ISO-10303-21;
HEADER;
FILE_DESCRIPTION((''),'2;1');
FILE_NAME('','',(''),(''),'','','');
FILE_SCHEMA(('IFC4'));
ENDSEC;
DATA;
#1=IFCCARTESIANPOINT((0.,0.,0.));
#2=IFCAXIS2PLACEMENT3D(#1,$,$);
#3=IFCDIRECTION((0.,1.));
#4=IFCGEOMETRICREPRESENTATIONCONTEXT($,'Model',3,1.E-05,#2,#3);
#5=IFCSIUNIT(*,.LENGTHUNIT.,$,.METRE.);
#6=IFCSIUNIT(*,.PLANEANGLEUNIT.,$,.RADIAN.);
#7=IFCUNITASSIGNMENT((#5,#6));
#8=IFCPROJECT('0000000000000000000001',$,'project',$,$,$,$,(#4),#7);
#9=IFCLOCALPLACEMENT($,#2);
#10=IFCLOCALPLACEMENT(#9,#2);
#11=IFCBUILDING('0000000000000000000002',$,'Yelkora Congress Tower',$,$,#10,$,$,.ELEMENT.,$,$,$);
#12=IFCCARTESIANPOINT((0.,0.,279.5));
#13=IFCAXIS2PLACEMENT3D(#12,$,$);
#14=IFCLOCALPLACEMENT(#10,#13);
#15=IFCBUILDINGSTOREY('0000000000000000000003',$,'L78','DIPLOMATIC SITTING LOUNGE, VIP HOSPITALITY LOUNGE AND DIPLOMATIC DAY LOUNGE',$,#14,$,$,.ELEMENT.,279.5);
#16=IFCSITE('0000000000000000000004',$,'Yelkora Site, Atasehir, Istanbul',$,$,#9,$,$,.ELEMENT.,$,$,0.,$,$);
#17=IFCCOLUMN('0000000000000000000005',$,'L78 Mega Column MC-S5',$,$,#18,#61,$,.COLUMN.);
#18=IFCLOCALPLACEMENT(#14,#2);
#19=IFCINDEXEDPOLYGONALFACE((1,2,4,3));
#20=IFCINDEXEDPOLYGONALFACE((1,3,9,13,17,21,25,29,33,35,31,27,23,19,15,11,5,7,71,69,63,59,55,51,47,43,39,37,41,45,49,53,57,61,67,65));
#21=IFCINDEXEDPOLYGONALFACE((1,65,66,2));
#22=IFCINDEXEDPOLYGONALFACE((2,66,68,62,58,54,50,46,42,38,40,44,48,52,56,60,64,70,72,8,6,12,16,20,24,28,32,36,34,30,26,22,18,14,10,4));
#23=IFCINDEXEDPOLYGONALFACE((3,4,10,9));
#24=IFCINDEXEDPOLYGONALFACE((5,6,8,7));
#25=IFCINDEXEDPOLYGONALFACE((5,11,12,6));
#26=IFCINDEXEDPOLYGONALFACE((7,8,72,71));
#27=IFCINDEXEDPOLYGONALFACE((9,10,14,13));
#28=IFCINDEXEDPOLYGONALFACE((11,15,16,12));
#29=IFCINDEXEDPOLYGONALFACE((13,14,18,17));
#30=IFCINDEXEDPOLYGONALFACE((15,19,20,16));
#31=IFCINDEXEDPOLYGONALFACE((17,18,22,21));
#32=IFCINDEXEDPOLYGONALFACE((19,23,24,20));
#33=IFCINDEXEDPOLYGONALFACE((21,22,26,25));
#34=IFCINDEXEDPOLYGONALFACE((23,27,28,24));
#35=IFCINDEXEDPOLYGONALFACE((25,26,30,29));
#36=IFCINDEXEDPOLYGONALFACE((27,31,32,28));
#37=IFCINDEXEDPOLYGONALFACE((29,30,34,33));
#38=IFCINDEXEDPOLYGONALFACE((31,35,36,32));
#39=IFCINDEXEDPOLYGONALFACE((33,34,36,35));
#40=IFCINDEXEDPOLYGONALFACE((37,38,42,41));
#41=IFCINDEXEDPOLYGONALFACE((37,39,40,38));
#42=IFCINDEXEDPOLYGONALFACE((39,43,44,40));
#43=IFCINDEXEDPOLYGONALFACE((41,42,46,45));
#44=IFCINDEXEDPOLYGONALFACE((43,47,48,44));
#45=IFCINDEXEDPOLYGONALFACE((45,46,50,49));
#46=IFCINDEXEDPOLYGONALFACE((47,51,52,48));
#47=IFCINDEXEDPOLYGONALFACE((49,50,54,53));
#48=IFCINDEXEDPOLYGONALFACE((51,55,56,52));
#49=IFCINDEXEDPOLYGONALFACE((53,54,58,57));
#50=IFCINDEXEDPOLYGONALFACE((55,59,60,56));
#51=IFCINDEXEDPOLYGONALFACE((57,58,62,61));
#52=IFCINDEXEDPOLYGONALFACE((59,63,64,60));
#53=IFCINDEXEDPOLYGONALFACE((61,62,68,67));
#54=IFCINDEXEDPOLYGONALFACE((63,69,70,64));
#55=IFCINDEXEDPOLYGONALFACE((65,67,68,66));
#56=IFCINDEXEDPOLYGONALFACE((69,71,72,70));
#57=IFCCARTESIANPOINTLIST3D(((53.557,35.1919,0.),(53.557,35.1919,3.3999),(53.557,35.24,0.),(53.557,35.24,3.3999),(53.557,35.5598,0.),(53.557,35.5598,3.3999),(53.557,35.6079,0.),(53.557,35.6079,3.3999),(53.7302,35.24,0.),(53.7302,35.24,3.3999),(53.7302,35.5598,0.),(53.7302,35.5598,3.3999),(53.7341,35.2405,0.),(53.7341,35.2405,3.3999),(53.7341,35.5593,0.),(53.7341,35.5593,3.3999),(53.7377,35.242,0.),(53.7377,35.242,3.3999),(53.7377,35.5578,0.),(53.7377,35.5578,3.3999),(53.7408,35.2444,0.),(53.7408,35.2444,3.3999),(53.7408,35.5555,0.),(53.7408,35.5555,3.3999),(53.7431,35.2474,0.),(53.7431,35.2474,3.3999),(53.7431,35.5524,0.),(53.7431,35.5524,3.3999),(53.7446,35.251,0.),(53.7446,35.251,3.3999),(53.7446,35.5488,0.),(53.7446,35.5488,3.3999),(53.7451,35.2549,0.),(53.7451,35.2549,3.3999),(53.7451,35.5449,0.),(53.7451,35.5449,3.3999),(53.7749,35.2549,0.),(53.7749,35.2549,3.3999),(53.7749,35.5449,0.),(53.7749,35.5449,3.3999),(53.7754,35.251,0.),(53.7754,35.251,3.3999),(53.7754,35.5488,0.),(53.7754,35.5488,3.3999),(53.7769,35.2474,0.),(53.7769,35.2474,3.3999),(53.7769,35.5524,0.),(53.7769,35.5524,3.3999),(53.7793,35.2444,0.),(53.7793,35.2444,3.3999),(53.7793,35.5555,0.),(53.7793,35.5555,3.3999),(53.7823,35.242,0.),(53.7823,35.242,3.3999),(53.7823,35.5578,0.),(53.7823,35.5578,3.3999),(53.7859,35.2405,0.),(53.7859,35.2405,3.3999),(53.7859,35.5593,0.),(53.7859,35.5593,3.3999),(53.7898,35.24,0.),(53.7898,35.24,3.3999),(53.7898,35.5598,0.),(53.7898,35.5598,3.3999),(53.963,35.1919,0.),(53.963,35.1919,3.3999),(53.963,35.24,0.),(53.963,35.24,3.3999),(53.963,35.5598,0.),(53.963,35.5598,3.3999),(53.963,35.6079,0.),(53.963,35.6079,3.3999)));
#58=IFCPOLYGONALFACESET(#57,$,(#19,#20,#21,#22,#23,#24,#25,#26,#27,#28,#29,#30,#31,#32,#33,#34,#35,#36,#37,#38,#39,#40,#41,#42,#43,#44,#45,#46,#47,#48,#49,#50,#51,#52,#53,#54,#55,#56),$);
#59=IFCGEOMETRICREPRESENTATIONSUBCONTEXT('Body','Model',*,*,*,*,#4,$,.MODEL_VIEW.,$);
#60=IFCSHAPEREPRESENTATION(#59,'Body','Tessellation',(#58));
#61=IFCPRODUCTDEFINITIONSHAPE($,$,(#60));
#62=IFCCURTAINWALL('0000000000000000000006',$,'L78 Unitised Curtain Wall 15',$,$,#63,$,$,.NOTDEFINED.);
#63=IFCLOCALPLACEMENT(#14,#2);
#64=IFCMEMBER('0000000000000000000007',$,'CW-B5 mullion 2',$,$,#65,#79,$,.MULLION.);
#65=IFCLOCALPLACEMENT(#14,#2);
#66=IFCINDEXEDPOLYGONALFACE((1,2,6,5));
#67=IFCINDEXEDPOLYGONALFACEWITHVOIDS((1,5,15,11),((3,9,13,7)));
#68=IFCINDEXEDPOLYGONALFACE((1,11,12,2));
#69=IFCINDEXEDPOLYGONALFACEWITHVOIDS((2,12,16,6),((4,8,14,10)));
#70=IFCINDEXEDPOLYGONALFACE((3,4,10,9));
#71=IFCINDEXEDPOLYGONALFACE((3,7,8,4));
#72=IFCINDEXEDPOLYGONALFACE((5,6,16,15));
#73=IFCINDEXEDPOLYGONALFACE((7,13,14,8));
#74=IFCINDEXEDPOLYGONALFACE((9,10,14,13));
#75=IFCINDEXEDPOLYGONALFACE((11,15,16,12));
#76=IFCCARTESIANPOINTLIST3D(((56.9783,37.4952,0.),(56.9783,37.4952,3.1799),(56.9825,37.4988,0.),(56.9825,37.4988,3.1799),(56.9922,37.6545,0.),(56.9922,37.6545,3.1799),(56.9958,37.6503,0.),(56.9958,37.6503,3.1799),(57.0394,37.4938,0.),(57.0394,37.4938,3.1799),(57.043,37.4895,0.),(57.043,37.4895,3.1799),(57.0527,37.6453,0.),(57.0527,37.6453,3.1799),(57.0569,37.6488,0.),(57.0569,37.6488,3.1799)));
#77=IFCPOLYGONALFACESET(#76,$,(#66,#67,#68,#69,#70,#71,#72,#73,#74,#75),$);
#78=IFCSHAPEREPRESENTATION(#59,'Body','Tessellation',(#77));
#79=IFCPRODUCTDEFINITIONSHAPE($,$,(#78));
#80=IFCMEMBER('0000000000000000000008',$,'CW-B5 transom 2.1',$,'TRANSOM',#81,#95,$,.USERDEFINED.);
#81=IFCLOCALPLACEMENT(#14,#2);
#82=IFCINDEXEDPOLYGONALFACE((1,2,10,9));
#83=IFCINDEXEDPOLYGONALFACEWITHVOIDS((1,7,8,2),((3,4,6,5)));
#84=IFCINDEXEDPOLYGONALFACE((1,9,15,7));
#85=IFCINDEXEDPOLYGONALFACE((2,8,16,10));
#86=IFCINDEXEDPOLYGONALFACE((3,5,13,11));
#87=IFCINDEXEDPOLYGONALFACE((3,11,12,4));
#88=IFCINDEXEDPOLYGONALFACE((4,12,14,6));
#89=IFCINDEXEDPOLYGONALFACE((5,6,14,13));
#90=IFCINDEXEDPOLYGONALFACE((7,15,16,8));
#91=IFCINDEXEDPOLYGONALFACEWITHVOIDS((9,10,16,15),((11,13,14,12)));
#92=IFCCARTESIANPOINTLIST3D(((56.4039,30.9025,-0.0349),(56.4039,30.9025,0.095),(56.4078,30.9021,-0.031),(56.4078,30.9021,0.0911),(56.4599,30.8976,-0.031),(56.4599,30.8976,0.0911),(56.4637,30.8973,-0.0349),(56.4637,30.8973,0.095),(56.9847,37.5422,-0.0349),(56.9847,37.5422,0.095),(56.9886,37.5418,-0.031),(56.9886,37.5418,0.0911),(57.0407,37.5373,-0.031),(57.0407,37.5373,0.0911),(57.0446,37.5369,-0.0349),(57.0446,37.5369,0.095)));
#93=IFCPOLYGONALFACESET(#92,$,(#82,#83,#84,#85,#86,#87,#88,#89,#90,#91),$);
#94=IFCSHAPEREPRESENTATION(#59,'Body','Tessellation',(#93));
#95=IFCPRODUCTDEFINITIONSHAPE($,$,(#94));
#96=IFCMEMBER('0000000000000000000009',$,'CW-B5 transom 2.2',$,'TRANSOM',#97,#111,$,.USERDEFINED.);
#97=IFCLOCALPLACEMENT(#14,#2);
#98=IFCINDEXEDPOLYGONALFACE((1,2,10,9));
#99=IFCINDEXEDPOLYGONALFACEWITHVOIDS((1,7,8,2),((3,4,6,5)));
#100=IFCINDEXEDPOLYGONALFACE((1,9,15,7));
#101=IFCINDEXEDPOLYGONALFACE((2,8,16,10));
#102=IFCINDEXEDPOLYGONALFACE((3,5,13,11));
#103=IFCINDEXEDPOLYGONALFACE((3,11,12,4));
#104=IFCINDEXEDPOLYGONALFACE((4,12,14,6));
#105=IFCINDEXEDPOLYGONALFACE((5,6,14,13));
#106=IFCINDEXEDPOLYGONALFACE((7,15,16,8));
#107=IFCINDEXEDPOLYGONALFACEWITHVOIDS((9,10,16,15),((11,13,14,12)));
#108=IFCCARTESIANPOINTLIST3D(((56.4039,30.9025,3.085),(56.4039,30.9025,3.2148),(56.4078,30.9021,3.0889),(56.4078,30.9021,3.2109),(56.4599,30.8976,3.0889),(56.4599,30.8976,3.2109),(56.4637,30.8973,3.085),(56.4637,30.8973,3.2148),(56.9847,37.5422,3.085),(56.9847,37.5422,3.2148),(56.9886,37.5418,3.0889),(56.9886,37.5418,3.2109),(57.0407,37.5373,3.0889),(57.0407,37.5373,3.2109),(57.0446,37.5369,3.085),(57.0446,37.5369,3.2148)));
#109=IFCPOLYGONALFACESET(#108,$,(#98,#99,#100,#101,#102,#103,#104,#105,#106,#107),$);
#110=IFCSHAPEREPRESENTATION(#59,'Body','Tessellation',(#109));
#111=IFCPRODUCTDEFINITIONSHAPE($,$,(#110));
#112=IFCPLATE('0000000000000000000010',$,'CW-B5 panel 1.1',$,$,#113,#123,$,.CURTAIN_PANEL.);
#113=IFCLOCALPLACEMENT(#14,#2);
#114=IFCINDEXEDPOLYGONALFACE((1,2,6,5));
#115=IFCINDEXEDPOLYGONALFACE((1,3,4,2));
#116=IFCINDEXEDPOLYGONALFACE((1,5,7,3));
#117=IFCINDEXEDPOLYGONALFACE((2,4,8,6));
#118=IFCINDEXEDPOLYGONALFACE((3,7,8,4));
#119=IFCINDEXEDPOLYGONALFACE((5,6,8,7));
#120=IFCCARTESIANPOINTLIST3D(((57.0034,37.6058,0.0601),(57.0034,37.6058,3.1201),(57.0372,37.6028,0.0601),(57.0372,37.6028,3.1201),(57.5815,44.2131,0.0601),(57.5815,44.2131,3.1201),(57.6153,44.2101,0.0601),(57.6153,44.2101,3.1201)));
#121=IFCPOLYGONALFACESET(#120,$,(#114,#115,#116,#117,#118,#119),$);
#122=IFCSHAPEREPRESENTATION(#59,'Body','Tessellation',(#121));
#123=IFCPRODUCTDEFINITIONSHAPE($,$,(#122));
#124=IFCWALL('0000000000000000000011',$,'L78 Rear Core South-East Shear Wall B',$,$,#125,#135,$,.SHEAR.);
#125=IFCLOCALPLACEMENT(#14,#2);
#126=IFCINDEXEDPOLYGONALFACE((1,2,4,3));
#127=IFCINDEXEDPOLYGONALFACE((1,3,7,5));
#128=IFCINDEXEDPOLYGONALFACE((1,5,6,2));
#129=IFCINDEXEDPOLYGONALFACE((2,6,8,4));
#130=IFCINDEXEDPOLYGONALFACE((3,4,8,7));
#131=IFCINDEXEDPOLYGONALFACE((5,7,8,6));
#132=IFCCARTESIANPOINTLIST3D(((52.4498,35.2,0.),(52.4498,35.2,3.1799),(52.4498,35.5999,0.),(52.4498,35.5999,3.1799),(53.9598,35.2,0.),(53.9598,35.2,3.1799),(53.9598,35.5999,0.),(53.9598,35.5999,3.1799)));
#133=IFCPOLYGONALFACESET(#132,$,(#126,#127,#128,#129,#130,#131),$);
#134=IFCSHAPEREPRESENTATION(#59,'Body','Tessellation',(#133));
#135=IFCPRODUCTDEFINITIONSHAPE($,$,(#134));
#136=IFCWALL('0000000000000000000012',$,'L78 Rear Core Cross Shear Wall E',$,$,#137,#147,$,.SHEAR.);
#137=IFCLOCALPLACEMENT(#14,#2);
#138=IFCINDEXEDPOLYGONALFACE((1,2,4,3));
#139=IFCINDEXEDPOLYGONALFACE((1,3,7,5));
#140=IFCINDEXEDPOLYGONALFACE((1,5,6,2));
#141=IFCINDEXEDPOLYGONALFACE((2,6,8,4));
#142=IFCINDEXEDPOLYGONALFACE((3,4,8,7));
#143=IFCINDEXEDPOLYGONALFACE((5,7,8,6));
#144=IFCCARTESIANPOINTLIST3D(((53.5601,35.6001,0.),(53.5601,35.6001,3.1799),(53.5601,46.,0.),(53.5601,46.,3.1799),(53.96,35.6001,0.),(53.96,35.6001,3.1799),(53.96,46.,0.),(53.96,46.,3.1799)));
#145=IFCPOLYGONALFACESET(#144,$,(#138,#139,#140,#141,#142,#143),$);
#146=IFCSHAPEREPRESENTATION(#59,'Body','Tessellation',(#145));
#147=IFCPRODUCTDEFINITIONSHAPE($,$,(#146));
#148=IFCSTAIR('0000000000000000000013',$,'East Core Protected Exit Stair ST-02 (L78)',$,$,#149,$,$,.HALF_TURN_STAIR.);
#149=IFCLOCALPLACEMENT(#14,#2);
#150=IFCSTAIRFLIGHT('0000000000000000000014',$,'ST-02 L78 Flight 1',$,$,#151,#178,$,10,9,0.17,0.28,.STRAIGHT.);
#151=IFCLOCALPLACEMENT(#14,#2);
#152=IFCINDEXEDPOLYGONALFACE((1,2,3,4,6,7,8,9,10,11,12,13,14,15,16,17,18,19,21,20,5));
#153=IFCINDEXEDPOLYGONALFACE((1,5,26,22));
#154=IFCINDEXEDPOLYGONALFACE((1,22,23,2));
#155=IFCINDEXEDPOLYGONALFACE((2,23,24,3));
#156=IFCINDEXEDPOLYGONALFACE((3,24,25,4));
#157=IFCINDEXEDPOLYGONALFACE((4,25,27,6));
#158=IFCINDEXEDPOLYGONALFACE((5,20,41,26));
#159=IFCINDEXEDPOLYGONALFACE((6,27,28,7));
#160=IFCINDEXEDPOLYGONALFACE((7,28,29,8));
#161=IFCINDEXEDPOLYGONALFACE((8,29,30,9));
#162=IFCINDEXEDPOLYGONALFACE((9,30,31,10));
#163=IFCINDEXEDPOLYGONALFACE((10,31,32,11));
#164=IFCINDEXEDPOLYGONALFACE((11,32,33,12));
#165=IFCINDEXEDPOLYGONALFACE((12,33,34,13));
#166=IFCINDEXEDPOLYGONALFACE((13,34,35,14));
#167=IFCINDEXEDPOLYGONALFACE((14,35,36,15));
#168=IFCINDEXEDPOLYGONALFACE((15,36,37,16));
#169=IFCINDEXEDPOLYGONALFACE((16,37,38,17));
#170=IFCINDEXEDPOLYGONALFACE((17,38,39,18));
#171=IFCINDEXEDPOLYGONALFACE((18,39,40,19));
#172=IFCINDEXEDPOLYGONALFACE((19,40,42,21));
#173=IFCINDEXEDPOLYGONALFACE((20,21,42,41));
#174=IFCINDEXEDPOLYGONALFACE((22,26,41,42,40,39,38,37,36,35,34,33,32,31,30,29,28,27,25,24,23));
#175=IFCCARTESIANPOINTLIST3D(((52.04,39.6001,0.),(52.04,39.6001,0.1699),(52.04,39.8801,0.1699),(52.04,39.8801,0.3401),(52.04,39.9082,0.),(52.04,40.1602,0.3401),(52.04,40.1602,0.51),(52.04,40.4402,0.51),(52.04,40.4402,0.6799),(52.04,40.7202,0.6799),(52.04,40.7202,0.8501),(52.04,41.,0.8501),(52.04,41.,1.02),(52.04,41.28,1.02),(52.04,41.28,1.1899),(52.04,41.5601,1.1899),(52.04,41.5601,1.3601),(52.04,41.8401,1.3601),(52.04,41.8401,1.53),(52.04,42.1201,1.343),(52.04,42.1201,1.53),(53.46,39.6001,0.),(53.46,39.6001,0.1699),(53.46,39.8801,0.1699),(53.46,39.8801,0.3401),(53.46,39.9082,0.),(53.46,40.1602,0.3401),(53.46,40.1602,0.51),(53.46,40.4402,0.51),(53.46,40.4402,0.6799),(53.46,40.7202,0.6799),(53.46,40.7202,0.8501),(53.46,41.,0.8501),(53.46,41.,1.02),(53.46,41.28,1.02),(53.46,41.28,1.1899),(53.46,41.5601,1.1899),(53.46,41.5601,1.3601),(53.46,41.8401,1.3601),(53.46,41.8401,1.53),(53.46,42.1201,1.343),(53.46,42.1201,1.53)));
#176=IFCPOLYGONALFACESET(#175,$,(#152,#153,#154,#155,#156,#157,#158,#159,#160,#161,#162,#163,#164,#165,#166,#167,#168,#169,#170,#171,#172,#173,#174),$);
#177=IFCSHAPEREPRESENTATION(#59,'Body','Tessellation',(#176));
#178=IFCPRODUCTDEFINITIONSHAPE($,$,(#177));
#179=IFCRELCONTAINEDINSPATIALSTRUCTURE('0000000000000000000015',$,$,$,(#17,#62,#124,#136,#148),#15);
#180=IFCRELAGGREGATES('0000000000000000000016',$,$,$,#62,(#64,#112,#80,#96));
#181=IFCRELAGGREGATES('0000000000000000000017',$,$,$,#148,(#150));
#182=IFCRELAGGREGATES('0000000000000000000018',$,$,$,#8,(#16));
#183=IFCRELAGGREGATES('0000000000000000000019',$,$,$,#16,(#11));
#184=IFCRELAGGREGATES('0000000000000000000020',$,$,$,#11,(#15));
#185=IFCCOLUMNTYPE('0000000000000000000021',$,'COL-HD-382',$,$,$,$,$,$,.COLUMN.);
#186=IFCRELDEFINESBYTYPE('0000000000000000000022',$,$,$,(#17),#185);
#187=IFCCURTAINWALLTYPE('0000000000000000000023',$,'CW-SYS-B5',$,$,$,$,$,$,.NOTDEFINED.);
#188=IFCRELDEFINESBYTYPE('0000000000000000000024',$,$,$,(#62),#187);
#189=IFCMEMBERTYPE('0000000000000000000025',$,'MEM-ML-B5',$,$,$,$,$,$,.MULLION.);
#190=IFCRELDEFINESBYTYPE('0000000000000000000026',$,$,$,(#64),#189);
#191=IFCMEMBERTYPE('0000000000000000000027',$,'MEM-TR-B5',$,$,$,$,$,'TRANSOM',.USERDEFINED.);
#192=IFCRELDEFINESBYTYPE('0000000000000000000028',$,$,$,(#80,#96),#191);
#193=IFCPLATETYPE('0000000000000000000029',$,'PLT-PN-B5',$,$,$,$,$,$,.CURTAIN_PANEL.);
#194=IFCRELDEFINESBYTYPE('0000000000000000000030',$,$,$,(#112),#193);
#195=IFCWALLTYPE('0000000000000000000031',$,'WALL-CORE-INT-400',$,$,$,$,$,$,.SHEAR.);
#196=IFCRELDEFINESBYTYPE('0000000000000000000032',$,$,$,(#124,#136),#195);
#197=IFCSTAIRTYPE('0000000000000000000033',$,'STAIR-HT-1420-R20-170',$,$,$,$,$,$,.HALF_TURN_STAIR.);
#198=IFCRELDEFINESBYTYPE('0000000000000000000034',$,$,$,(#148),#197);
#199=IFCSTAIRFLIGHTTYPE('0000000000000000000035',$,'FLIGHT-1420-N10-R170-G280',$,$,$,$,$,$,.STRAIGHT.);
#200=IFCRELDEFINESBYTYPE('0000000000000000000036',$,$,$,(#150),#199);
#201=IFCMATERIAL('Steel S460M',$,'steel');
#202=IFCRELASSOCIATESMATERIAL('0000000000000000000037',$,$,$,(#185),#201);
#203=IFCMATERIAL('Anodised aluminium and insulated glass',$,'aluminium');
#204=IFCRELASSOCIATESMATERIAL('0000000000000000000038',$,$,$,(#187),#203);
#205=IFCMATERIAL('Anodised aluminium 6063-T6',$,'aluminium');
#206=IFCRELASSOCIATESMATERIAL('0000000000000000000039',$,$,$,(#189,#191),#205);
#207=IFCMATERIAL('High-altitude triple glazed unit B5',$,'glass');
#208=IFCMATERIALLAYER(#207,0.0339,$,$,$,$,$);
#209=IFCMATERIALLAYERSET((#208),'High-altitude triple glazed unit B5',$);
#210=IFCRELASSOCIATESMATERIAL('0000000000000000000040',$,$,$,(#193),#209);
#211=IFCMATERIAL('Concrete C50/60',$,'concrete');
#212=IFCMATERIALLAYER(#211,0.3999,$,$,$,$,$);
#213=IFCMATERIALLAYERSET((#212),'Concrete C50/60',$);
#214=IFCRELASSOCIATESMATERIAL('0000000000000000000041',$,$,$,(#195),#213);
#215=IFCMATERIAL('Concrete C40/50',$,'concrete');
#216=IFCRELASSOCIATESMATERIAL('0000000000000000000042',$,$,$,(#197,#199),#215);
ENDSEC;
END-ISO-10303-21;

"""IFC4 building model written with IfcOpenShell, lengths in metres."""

from ifc_helpers import new_model, si_unit, direction, frame, frame_2d, origin, origin_2d, place, context, subcontext, project, spatial, polyline, rectangle, hollow_rectangle, i_section, outline, extrude, material, layer, layer_set, material_profile, profile_set, type_object, element, aggregate, save


model = new_model("IFC4")

# Units and contexts
model_context = context("Model", 3, precision=1e-05, world=origin(), true_north=direction((0.0, 1.0)))
body_context = subcontext(model_context, "Body", "Model", "MODEL_VIEW")
ifc_project = project(units=[si_unit("LENGTHUNIT", "METRE"), si_unit("PLANEANGLEUNIT", "RADIAN")], contexts=[model_context])

# Site, building, storey
site_placement = place(None, origin())
site = spatial("IfcSite", under=ifc_project, at=site_placement, Name="Yelkora Site, Atasehir, Istanbul", CompositionType="ELEMENT", RefElevation=0.0)
building_placement = place(site_placement, origin())
building = spatial("IfcBuilding", under=site, at=building_placement, Name="Yelkora Congress Tower", CompositionType="ELEMENT")
storey_placement = place(building_placement, frame((0.0, 0.0, 279.5)))
storey = spatial("IfcBuildingStorey", under=building, at=storey_placement, Name="L78", Description="DIPLOMATIC SITTING LOUNGE, VIP HOSPITALITY LOUNGE AND DIPLOMATIC DAY LOUNGE", CompositionType="ELEMENT", Elevation=279.5)

# Column
ifc_material_1 = material(Name="Steel S460M", Category="steel")
ifc_material_profile_1 = material_profile(ifc_material_1, i_section(OverallWidth=0.406, OverallDepth=0.416, WebThickness=0.0298, FlangeThickness=0.0481, FilletRadius=0.0149, at=origin_2d()), Name="HD 400x382")
ifc_profile_set_1 = profile_set([ifc_material_profile_1], Name="Steel S460M")
column_type = type_object("IfcColumnType", Name="COL-HD-382", PredefinedType="COLUMN", material=ifc_profile_set_1)
column_placement = place(storey_placement, frame((53.76, 35.3999, 0.0), z_axis=(0.0, 0.0, 1.0), x_axis=(1.0, 0.0, 0.0)))
element("IfcColumn", 1, at=column_placement, inside=storey, type_object=column_type, Name="L78 Mega Column MC-S5", PredefinedType="COLUMN", context=body_context, shape_type="SweptSolid", body=[
    extrude(i_section(OverallWidth=0.406, OverallDepth=0.416, WebThickness=0.0298, FlangeThickness=0.0481, FilletRadius=0.0149, at=origin_2d()), origin(), (0.0, 0.0, 1.0), 3.3999),
])

# Curtain wall, members, plate
ifc_material_2 = material(Name="Anodised aluminium and insulated glass", Category="aluminium")
curtain_wall_type = type_object("IfcCurtainWallType", Name="CW-SYS-B5", PredefinedType="NOTDEFINED", material=ifc_material_2)
curtain_wall_placement = place(storey_placement, origin())
curtain_wall = element("IfcCurtainWall", 2, at=curtain_wall_placement, inside=storey, type_object=curtain_wall_type, Name="L78 Unitised Curtain Wall 15", PredefinedType="NOTDEFINED")
ifc_material_3 = material(Name="Anodised aluminium 6063-T6", Category="aluminium")
ifc_material_profile_2 = material_profile(ifc_material_3, hollow_rectangle(XDim=0.0649, YDim=0.1599, WallThickness=0.0039, at=origin_2d()), Name="ALU 65x160x4")
ifc_profile_set_2 = profile_set([ifc_material_profile_2], Name="Anodised aluminium 6063-T6")
member_type_1 = type_object("IfcMemberType", Name="MEM-ML-B5", PredefinedType="MULLION", material=ifc_profile_set_2)
member_1_placement = place(storey_placement, frame((57.0176, 37.572, 0.0), z_axis=(0.0, 0.0, 1.0), x_axis=(0.996194, -0.087158, 0.0)))
member_1 = element("IfcMember", 3, at=member_1_placement, type_object=member_type_1, Name="CW-B5 mullion 2", PredefinedType="MULLION", context=body_context, shape_type="SweptSolid", body=[
    extrude(hollow_rectangle(XDim=0.0649, YDim=0.1599, WallThickness=0.0039, at=origin_2d()), origin(), (0.0, 0.0, 1.0), 3.1799),
])
ifc_material_profile_3 = material_profile(ifc_material_3, hollow_rectangle(XDim=0.0601, YDim=0.1299, WallThickness=0.0039, at=origin_2d()), Name="ALU 60x130x4")
ifc_profile_set_3 = profile_set([ifc_material_profile_3], Name="Anodised aluminium 6063-T6")
member_type_2 = type_object("IfcMemberType", Name="MEM-TR-B5", ElementType="TRANSOM", PredefinedType="USERDEFINED", material=ifc_profile_set_3)
member_2_placement = place(storey_placement, frame((57.0146, 37.5396, 0.03), z_axis=(-0.087143, -0.996196, 0.0), x_axis=(0.996196, -0.087143, 0.0)))
member_2 = element("IfcMember", 4, at=member_2_placement, type_object=member_type_2, Name="CW-B5 transom 2.1", ObjectType="TRANSOM", PredefinedType="USERDEFINED", context=body_context, shape_type="SweptSolid", body=[
    extrude(hollow_rectangle(XDim=0.0601, YDim=0.1299, WallThickness=0.0039, at=origin_2d()), origin(), (0.0, 0.0, 1.0), 6.665),
])
member_3_placement = place(storey_placement, frame((57.0146, 37.5396, 3.1499), z_axis=(-0.087143, -0.996196, 0.0), x_axis=(0.996196, -0.087143, 0.0)))
member_3 = element("IfcMember", 5, at=member_3_placement, type_object=member_type_2, Name="CW-B5 transom 2.2", ObjectType="TRANSOM", PredefinedType="USERDEFINED", context=body_context, shape_type="SweptSolid", body=[
    extrude(hollow_rectangle(XDim=0.0601, YDim=0.1299, WallThickness=0.0039, at=origin_2d()), origin(), (0.0, 0.0, 1.0), 6.665),
])
ifc_material_4 = material(Name="High-altitude triple glazed unit B5", Category="glass")
ifc_layer_1 = layer(ifc_material_4, 0.0339)
ifc_layer_set_1 = layer_set([ifc_layer_1], Name="High-altitude triple glazed unit B5")
plate_type = type_object("IfcPlateType", Name="PLT-PN-B5", PredefinedType="CURTAIN_PANEL", material=ifc_layer_set_1)
plate_placement = place(storey_placement, frame((57.3093, 40.908, 0.0601), z_axis=(0.0, 0.0, 1.0), x_axis=(-0.087158, -0.996194, 0.0)))
plate = element("IfcPlate", 6, at=plate_placement, type_object=plate_type, Name="CW-B5 panel 1.1", PredefinedType="CURTAIN_PANEL", context=body_context, shape_type="SweptSolid", body=[
    extrude(rectangle(XDim=6.6326, YDim=0.0339, at=origin_2d()), origin(), (0.0, 0.0, 1.0), 3.0601),
])
aggregate(curtain_wall, [member_1, plate, member_2, member_3])

# Walls
ifc_material_5 = material(Name="Concrete C50/60", Category="concrete")
ifc_layer_2 = layer(ifc_material_5, 0.3999)
ifc_layer_set_2 = layer_set([ifc_layer_2], Name="Concrete C50/60")
wall_type = type_object("IfcWallType", Name="WALL-CORE-INT-400", PredefinedType="SHEAR", material=ifc_layer_set_2)
wall_1_placement = place(storey_placement, frame((52.45, 35.3999, 0.0), z_axis=(0.0, 0.0, 1.0), x_axis=(1.0, 0.0, 0.0)))
element("IfcWall", 7, at=wall_1_placement, inside=storey, type_object=wall_type, Name="L78 Rear Core South-East Shear Wall B", PredefinedType="SHEAR", context=body_context, shape_type="SweptSolid", body=[
    extrude(rectangle(XDim=1.51, YDim=0.3999, at=frame_2d((0.7549, 0.0))), origin(), (0.0, 0.0, 1.0), 3.1799),
])
wall_2_placement = place(storey_placement, frame((53.76, 35.6001, 0.0), z_axis=(0.0, 0.0, 1.0), x_axis=(0.0, 1.0, 0.0)))
element("IfcWall", 8, at=wall_2_placement, inside=storey, type_object=wall_type, Name="L78 Rear Core Cross Shear Wall E", PredefinedType="SHEAR", context=body_context, shape_type="SweptSolid", body=[
    extrude(rectangle(XDim=10.3999, YDim=0.3999, at=frame_2d((5.2, 0.0))), origin(), (0.0, 0.0, 1.0), 3.1799),
])

# Stair, stair flight
ifc_material_6 = material(Name="Concrete C40/50", Category="concrete")
stair_type = type_object("IfcStairType", Name="STAIR-HT-1420-R20-170", PredefinedType="HALF_TURN_STAIR", material=ifc_material_6)
stair_placement = place(storey_placement, origin())
stair = element("IfcStair", 9, at=stair_placement, inside=storey, type_object=stair_type, Name="East Core Protected Exit Stair ST-02 (L78)", PredefinedType="HALF_TURN_STAIR")
stair_flight_type = type_object("IfcStairFlightType", Name="FLIGHT-1420-N10-R170-G280", PredefinedType="STRAIGHT", material=ifc_material_6)
stair_flight_1_placement = place(storey_placement, frame((52.75, 39.6001, 0.0), z_axis=(0.0, 0.0, 1.0), x_axis=(0.0, 1.0, 0.0)))
stair_flight_1 = element("IfcStairFlight", 10, at=stair_flight_1_placement, type_object=stair_flight_type, Name="ST-02 L78 Flight 1", NumberOfRisers=10, NumberOfTreads=9, PredefinedType="STRAIGHT", RiserHeight=0.17, TreadLength=0.28, context=body_context, shape_type="SweptSolid", body=[
    extrude(outline(polyline([(0.0, 0.0), (0.0, 0.1699), (0.28, 0.1699), (0.28, 0.3401), (0.5601, 0.3401), (0.5601, 0.51), (0.8401, 0.51), (0.8401, 0.6799), (1.1201, 0.6799), (1.1201, 0.8501), (1.3999, 0.8501), (1.3999, 1.02), (1.6799, 1.02), (1.6799, 1.1899), (1.96, 1.1899), (1.96, 1.3601), (2.24, 1.3601), (2.24, 1.53), (2.52, 1.53), (2.52, 1.7), (2.52, 1.343), (0.3081, 0.0), (0.0, 0.0)])), frame((0.0, 0.71, 0.0), z_axis=(0.0, -1.0, 0.0), x_axis=(1.0, 0.0, 0.0)), (0.0, 0.0, 1.0), 1.4199),
])
aggregate(stair, [stair_flight_1])

save(model, "model.ifc")
